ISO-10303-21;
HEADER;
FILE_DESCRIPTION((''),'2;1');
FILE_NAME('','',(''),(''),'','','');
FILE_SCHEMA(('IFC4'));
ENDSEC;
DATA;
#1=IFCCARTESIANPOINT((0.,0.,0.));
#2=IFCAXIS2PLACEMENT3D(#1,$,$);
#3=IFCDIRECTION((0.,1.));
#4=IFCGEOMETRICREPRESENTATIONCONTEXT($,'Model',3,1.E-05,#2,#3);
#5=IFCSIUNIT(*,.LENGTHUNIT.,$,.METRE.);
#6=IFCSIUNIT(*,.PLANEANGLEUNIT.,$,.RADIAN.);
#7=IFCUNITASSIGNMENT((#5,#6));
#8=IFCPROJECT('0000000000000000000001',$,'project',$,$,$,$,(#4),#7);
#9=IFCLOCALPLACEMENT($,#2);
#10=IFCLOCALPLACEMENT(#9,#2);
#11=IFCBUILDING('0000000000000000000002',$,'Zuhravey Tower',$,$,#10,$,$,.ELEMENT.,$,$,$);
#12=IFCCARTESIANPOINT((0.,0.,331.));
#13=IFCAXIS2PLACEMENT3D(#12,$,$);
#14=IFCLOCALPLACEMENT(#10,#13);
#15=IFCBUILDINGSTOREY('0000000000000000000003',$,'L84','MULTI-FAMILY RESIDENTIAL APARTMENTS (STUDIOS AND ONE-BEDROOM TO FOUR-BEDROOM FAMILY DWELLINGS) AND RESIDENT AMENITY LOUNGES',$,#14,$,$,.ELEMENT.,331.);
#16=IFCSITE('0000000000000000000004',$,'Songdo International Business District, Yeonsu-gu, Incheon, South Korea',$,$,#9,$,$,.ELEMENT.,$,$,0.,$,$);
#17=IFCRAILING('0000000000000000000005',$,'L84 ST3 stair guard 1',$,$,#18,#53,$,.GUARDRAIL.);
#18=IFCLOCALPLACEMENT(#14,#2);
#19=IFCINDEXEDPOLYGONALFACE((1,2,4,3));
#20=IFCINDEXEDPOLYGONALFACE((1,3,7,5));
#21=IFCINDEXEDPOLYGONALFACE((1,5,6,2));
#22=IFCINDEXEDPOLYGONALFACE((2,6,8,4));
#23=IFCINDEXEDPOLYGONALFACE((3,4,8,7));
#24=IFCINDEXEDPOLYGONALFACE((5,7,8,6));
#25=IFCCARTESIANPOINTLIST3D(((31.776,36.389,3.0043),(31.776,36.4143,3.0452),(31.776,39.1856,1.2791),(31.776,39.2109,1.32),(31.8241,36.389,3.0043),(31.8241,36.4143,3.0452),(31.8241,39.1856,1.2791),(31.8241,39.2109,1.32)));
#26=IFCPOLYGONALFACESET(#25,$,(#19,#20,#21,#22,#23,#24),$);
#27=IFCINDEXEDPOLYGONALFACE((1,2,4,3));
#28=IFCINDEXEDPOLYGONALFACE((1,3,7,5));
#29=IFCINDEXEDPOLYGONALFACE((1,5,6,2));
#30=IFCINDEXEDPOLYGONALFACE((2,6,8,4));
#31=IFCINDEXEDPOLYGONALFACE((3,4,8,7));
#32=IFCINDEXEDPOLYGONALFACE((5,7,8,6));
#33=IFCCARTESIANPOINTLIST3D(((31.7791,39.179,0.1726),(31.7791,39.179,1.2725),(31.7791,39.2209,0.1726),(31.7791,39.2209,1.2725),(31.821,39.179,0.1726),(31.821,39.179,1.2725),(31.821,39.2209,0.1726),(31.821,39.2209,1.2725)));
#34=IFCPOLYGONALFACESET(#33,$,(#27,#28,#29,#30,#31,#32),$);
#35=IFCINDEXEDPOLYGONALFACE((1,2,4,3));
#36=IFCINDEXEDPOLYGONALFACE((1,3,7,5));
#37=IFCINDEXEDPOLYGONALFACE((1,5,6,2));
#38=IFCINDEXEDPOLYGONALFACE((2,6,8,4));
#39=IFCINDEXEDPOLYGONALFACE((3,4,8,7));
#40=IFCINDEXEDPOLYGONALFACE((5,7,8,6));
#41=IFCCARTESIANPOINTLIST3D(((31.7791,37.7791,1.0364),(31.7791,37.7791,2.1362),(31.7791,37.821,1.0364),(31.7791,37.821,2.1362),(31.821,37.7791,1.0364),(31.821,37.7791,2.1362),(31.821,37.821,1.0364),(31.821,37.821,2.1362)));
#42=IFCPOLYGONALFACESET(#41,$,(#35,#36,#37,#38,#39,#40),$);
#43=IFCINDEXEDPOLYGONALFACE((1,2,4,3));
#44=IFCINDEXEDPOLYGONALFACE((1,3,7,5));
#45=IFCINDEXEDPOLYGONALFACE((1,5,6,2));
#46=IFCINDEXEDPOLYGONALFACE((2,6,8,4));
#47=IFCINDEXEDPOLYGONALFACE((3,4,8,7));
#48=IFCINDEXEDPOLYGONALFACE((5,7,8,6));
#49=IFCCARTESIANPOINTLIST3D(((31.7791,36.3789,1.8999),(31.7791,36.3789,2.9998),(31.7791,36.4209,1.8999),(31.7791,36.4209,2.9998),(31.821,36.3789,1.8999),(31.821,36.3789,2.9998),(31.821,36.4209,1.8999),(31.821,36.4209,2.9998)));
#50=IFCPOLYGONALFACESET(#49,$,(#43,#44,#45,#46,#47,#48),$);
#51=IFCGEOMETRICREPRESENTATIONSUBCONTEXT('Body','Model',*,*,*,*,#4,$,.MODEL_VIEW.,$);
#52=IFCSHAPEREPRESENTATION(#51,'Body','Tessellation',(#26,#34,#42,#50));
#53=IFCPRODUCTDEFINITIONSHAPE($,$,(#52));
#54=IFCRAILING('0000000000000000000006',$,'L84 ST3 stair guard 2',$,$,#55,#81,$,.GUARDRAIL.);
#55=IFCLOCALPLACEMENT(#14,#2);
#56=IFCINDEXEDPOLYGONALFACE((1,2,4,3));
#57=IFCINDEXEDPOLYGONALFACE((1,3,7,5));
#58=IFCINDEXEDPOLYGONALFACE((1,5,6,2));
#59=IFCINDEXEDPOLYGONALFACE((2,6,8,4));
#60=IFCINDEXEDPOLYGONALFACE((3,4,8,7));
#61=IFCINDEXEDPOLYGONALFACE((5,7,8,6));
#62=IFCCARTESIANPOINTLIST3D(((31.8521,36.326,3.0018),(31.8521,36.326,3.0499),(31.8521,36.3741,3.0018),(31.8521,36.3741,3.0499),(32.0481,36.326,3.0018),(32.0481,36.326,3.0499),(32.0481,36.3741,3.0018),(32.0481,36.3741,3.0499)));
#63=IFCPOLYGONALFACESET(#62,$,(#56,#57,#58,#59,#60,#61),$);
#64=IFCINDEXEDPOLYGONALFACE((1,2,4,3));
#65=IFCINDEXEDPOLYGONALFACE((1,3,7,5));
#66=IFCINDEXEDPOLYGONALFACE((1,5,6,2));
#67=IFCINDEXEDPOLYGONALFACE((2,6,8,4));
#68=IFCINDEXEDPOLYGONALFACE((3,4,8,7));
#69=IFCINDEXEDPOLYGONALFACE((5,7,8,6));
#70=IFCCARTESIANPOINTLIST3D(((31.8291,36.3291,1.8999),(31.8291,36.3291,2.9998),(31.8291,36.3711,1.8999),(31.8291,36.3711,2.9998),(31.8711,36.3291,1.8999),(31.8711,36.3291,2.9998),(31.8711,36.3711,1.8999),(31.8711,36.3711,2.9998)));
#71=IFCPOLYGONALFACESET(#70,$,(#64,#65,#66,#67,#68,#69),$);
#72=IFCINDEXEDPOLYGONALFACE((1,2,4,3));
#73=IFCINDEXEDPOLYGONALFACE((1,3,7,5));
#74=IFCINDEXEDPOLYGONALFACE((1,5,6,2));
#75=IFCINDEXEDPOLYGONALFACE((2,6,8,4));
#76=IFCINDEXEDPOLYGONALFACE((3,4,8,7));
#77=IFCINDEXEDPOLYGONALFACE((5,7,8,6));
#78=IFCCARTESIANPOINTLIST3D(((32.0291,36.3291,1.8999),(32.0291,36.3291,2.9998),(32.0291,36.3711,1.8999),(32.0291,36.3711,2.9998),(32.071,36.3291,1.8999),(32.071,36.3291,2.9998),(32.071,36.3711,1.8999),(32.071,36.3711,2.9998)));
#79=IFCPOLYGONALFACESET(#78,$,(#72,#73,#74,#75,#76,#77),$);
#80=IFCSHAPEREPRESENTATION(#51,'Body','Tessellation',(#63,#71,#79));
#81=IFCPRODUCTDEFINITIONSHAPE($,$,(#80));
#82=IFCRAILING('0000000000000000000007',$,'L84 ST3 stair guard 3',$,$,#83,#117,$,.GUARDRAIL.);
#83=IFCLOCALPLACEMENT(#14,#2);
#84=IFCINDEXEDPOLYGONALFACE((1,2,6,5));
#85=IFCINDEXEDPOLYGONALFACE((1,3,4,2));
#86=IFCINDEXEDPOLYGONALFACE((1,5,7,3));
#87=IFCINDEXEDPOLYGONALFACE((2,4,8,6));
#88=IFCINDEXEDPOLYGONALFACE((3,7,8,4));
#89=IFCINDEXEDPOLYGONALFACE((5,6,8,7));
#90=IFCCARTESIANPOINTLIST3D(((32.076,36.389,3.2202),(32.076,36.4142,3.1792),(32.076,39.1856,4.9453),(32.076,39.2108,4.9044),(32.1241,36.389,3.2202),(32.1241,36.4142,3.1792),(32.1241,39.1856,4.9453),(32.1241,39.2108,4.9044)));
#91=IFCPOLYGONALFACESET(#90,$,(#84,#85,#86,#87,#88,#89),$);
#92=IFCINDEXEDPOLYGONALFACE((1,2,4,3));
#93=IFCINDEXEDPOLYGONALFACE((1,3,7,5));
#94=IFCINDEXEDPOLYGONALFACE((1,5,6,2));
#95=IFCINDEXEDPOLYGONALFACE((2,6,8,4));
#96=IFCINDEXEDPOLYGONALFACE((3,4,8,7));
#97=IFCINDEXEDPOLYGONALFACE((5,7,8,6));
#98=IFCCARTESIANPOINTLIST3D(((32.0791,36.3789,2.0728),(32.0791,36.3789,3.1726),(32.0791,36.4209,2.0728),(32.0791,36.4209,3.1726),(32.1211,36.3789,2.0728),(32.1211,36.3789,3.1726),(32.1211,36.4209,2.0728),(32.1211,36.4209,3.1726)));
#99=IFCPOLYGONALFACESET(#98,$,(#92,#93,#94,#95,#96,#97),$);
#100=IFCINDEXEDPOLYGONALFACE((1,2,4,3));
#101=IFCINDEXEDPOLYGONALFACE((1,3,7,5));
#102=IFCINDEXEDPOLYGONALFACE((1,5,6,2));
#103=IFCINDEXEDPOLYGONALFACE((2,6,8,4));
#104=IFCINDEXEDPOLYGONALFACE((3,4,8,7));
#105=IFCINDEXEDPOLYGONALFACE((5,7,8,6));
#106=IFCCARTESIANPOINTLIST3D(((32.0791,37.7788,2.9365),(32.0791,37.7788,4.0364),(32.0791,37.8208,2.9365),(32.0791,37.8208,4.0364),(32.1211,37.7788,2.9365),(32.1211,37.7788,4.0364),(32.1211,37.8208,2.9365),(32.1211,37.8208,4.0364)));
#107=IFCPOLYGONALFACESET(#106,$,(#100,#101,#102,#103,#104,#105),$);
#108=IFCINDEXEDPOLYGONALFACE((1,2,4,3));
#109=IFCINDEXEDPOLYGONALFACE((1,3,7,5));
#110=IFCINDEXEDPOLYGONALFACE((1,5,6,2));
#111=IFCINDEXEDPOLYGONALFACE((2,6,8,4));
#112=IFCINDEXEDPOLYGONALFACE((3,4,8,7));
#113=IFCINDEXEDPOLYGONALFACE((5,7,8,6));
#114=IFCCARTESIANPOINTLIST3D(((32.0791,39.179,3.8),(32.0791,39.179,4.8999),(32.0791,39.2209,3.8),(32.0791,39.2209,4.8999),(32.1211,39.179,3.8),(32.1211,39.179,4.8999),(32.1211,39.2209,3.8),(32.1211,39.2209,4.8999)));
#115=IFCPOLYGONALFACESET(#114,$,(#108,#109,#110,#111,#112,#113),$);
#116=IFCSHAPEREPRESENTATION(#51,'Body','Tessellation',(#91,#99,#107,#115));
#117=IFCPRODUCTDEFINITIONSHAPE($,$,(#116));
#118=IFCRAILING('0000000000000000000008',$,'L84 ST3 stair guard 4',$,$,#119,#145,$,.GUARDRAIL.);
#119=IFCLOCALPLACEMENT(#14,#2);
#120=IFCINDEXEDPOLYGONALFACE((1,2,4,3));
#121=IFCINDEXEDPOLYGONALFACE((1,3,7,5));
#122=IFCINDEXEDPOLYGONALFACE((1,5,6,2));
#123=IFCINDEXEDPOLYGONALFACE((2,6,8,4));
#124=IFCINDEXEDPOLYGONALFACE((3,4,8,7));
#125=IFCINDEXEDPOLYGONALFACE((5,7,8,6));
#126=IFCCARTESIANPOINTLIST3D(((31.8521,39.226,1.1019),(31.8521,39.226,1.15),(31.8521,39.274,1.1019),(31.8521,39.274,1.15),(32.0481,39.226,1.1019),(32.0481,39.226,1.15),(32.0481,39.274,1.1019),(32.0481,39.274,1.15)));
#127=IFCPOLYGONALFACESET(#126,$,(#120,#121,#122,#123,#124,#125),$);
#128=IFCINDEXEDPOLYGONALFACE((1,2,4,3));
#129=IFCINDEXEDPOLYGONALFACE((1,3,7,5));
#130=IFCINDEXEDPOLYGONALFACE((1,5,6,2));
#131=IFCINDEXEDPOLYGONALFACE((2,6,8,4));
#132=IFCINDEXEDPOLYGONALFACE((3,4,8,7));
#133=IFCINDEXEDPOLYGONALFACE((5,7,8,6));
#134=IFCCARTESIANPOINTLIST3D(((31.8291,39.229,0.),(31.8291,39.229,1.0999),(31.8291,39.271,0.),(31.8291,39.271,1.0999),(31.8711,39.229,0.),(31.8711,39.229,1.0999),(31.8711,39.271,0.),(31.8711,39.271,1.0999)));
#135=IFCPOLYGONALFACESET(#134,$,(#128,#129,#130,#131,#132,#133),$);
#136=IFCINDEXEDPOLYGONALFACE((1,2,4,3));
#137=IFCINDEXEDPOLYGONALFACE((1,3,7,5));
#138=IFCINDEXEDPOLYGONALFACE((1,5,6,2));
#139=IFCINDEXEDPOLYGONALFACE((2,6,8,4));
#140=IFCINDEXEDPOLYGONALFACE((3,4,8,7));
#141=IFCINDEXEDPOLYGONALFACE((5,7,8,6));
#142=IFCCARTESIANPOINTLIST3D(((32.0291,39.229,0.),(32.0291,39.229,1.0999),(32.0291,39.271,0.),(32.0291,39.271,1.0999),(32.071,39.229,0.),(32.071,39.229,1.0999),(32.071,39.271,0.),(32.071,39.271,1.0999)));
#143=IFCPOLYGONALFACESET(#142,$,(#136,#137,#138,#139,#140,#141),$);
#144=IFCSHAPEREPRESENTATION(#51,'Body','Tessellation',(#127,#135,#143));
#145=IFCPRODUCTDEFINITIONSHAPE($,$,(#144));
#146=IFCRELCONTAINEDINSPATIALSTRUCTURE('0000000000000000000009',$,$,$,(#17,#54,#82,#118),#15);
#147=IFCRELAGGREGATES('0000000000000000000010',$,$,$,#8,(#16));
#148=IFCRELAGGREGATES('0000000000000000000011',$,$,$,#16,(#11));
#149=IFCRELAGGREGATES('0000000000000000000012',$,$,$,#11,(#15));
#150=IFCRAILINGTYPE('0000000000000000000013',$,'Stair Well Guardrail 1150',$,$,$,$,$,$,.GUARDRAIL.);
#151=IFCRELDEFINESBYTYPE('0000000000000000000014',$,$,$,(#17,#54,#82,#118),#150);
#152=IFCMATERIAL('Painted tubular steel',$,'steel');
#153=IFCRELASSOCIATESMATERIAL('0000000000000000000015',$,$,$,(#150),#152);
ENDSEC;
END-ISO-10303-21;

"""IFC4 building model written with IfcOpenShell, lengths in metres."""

from ifc_helpers import new_model, si_unit, direction, frame, origin, origin_2d, place, context, subcontext, project, spatial, rectangle, extrude, material, type_object, element, save


model = new_model("IFC4")

# Units and contexts
model_context = context("Model", 3, precision=1e-05, world=origin(), true_north=direction((0.0, 1.0)))
body_context = subcontext(model_context, "Body", "Model", "MODEL_VIEW")
ifc_project = project(units=[si_unit("LENGTHUNIT", "METRE"), si_unit("PLANEANGLEUNIT", "RADIAN")], contexts=[model_context])

# Site, building, storey
site_placement = place(None, origin())
site = spatial("IfcSite", under=ifc_project, at=site_placement, Name="Songdo International Business District, Yeonsu-gu, Incheon, South Korea", CompositionType="ELEMENT", RefElevation=0.0)
building_placement = place(site_placement, origin())
building = spatial("IfcBuilding", under=site, at=building_placement, Name="Zuhravey Tower", CompositionType="ELEMENT")
storey_placement = place(building_placement, frame((0.0, 0.0, 331.0)))
storey = spatial("IfcBuildingStorey", under=building, at=storey_placement, Name="L84", Description="MULTI-FAMILY RESIDENTIAL APARTMENTS (STUDIOS AND ONE-BEDROOM TO FOUR-BEDROOM FAMILY DWELLINGS) AND RESIDENT AMENITY LOUNGES", CompositionType="ELEMENT", Elevation=331.0)

# Railings
ifc_material_1 = material(Name="Painted tubular steel", Category="steel")
railing_type_1 = type_object("IfcRailingType", Name="Stair Well Guardrail 1150", PredefinedType="GUARDRAIL", material=ifc_material_1)
railing_1_placement = place(storey_placement, frame((31.8, 39.2, 0.1726)))
element("IfcRailing", 1, at=railing_1_placement, inside=storey, type_object=railing_type_1, Name="L84 ST3 stair guard 1", PredefinedType="GUARDRAIL", context=body_context, shape_type="SweptSolid", body=[
    extrude(rectangle(XDim=0.0481, YDim=0.0481, at=origin_2d()), frame((0.0, -0.0017, 1.127), z_axis=(0.0, -0.85109, 0.52502), x_axis=(1.0, 0.0, 0.0)), (0.0, 0.0, 1.0), 3.2859),
    extrude(rectangle(XDim=0.042, YDim=0.042, at=origin_2d()), origin(), (0.0, 0.0, 1.0), 1.0999),
    extrude(rectangle(XDim=0.042, YDim=0.042, at=origin_2d()), frame((0.0, -1.3999, 0.8638)), (0.0, 0.0, 1.0), 1.0999),
    extrude(rectangle(XDim=0.042, YDim=0.042, at=origin_2d()), frame((0.0, -2.8, 1.7273)), (0.0, 0.0, 1.0), 1.0999),
])
railing_2_placement = place(storey_placement, frame((31.8501, 36.3501, 1.8999)))
element("IfcRailing", 2, at=railing_2_placement, inside=storey, type_object=railing_type_1, Name="L84 ST3 stair guard 2", PredefinedType="GUARDRAIL", context=body_context, shape_type="SweptSolid", body=[
    extrude(rectangle(XDim=0.0481, YDim=0.0481, at=origin_2d()), frame((0.002, 0.0, 1.126), z_axis=(1.0, 0.0, 0.0), x_axis=(0.0, 1.0, 0.0)), (0.0, 0.0, 1.0), 0.196),
    extrude(rectangle(XDim=0.042, YDim=0.042, at=origin_2d()), origin(), (0.0, 0.0, 1.0), 1.0999),
    extrude(rectangle(XDim=0.042, YDim=0.042, at=origin_2d()), frame((0.2, 0.0, 0.0)), (0.0, 0.0, 1.0), 1.0999),
])
railing_3_placement = place(storey_placement, frame((32.1001, 36.3999, 2.0728)))
element("IfcRailing", 3, at=railing_3_placement, inside=storey, type_object=railing_type_1, Name="L84 ST3 stair guard 3", PredefinedType="GUARDRAIL", context=body_context, shape_type="SweptSolid", body=[
    extrude(rectangle(XDim=0.0481, YDim=0.0481, at=origin_2d()), frame((0.0, 0.0017, 1.127), z_axis=(0.0, 0.85109, 0.52502), x_axis=(-1.0, 0.0, 0.0)), (0.0, 0.0, 1.0), 3.2859),
    extrude(rectangle(XDim=0.042, YDim=0.042, at=origin_2d()), origin(), (0.0, 0.0, 1.0), 1.0999),
    extrude(rectangle(XDim=0.042, YDim=0.042, at=origin_2d()), frame((0.0, 1.3999, 0.8638)), (0.0, 0.0, 1.0), 1.0999),
    extrude(rectangle(XDim=0.042, YDim=0.042, at=origin_2d()), frame((0.0, 2.8, 1.7273)), (0.0, 0.0, 1.0), 1.0999),
])
railing_4_placement = place(storey_placement, frame((31.8501, 39.25, 0.0)))
element("IfcRailing", 4, at=railing_4_placement, inside=storey, type_object=railing_type_1, Name="L84 ST3 stair guard 4", PredefinedType="GUARDRAIL", context=body_context, shape_type="SweptSolid", body=[
    extrude(rectangle(XDim=0.0481, YDim=0.0481, at=origin_2d()), frame((0.002, 0.0, 1.126), z_axis=(1.0, 0.0, 0.0), x_axis=(0.0, 1.0, 0.0)), (0.0, 0.0, 1.0), 0.196),
    extrude(rectangle(XDim=0.042, YDim=0.042, at=origin_2d()), origin(), (0.0, 0.0, 1.0), 1.0999),
    extrude(rectangle(XDim=0.042, YDim=0.042, at=origin_2d()), frame((0.2, 0.0, 0.0)), (0.0, 0.0, 1.0), 1.0999),
])

save(model, "model.ifc")
